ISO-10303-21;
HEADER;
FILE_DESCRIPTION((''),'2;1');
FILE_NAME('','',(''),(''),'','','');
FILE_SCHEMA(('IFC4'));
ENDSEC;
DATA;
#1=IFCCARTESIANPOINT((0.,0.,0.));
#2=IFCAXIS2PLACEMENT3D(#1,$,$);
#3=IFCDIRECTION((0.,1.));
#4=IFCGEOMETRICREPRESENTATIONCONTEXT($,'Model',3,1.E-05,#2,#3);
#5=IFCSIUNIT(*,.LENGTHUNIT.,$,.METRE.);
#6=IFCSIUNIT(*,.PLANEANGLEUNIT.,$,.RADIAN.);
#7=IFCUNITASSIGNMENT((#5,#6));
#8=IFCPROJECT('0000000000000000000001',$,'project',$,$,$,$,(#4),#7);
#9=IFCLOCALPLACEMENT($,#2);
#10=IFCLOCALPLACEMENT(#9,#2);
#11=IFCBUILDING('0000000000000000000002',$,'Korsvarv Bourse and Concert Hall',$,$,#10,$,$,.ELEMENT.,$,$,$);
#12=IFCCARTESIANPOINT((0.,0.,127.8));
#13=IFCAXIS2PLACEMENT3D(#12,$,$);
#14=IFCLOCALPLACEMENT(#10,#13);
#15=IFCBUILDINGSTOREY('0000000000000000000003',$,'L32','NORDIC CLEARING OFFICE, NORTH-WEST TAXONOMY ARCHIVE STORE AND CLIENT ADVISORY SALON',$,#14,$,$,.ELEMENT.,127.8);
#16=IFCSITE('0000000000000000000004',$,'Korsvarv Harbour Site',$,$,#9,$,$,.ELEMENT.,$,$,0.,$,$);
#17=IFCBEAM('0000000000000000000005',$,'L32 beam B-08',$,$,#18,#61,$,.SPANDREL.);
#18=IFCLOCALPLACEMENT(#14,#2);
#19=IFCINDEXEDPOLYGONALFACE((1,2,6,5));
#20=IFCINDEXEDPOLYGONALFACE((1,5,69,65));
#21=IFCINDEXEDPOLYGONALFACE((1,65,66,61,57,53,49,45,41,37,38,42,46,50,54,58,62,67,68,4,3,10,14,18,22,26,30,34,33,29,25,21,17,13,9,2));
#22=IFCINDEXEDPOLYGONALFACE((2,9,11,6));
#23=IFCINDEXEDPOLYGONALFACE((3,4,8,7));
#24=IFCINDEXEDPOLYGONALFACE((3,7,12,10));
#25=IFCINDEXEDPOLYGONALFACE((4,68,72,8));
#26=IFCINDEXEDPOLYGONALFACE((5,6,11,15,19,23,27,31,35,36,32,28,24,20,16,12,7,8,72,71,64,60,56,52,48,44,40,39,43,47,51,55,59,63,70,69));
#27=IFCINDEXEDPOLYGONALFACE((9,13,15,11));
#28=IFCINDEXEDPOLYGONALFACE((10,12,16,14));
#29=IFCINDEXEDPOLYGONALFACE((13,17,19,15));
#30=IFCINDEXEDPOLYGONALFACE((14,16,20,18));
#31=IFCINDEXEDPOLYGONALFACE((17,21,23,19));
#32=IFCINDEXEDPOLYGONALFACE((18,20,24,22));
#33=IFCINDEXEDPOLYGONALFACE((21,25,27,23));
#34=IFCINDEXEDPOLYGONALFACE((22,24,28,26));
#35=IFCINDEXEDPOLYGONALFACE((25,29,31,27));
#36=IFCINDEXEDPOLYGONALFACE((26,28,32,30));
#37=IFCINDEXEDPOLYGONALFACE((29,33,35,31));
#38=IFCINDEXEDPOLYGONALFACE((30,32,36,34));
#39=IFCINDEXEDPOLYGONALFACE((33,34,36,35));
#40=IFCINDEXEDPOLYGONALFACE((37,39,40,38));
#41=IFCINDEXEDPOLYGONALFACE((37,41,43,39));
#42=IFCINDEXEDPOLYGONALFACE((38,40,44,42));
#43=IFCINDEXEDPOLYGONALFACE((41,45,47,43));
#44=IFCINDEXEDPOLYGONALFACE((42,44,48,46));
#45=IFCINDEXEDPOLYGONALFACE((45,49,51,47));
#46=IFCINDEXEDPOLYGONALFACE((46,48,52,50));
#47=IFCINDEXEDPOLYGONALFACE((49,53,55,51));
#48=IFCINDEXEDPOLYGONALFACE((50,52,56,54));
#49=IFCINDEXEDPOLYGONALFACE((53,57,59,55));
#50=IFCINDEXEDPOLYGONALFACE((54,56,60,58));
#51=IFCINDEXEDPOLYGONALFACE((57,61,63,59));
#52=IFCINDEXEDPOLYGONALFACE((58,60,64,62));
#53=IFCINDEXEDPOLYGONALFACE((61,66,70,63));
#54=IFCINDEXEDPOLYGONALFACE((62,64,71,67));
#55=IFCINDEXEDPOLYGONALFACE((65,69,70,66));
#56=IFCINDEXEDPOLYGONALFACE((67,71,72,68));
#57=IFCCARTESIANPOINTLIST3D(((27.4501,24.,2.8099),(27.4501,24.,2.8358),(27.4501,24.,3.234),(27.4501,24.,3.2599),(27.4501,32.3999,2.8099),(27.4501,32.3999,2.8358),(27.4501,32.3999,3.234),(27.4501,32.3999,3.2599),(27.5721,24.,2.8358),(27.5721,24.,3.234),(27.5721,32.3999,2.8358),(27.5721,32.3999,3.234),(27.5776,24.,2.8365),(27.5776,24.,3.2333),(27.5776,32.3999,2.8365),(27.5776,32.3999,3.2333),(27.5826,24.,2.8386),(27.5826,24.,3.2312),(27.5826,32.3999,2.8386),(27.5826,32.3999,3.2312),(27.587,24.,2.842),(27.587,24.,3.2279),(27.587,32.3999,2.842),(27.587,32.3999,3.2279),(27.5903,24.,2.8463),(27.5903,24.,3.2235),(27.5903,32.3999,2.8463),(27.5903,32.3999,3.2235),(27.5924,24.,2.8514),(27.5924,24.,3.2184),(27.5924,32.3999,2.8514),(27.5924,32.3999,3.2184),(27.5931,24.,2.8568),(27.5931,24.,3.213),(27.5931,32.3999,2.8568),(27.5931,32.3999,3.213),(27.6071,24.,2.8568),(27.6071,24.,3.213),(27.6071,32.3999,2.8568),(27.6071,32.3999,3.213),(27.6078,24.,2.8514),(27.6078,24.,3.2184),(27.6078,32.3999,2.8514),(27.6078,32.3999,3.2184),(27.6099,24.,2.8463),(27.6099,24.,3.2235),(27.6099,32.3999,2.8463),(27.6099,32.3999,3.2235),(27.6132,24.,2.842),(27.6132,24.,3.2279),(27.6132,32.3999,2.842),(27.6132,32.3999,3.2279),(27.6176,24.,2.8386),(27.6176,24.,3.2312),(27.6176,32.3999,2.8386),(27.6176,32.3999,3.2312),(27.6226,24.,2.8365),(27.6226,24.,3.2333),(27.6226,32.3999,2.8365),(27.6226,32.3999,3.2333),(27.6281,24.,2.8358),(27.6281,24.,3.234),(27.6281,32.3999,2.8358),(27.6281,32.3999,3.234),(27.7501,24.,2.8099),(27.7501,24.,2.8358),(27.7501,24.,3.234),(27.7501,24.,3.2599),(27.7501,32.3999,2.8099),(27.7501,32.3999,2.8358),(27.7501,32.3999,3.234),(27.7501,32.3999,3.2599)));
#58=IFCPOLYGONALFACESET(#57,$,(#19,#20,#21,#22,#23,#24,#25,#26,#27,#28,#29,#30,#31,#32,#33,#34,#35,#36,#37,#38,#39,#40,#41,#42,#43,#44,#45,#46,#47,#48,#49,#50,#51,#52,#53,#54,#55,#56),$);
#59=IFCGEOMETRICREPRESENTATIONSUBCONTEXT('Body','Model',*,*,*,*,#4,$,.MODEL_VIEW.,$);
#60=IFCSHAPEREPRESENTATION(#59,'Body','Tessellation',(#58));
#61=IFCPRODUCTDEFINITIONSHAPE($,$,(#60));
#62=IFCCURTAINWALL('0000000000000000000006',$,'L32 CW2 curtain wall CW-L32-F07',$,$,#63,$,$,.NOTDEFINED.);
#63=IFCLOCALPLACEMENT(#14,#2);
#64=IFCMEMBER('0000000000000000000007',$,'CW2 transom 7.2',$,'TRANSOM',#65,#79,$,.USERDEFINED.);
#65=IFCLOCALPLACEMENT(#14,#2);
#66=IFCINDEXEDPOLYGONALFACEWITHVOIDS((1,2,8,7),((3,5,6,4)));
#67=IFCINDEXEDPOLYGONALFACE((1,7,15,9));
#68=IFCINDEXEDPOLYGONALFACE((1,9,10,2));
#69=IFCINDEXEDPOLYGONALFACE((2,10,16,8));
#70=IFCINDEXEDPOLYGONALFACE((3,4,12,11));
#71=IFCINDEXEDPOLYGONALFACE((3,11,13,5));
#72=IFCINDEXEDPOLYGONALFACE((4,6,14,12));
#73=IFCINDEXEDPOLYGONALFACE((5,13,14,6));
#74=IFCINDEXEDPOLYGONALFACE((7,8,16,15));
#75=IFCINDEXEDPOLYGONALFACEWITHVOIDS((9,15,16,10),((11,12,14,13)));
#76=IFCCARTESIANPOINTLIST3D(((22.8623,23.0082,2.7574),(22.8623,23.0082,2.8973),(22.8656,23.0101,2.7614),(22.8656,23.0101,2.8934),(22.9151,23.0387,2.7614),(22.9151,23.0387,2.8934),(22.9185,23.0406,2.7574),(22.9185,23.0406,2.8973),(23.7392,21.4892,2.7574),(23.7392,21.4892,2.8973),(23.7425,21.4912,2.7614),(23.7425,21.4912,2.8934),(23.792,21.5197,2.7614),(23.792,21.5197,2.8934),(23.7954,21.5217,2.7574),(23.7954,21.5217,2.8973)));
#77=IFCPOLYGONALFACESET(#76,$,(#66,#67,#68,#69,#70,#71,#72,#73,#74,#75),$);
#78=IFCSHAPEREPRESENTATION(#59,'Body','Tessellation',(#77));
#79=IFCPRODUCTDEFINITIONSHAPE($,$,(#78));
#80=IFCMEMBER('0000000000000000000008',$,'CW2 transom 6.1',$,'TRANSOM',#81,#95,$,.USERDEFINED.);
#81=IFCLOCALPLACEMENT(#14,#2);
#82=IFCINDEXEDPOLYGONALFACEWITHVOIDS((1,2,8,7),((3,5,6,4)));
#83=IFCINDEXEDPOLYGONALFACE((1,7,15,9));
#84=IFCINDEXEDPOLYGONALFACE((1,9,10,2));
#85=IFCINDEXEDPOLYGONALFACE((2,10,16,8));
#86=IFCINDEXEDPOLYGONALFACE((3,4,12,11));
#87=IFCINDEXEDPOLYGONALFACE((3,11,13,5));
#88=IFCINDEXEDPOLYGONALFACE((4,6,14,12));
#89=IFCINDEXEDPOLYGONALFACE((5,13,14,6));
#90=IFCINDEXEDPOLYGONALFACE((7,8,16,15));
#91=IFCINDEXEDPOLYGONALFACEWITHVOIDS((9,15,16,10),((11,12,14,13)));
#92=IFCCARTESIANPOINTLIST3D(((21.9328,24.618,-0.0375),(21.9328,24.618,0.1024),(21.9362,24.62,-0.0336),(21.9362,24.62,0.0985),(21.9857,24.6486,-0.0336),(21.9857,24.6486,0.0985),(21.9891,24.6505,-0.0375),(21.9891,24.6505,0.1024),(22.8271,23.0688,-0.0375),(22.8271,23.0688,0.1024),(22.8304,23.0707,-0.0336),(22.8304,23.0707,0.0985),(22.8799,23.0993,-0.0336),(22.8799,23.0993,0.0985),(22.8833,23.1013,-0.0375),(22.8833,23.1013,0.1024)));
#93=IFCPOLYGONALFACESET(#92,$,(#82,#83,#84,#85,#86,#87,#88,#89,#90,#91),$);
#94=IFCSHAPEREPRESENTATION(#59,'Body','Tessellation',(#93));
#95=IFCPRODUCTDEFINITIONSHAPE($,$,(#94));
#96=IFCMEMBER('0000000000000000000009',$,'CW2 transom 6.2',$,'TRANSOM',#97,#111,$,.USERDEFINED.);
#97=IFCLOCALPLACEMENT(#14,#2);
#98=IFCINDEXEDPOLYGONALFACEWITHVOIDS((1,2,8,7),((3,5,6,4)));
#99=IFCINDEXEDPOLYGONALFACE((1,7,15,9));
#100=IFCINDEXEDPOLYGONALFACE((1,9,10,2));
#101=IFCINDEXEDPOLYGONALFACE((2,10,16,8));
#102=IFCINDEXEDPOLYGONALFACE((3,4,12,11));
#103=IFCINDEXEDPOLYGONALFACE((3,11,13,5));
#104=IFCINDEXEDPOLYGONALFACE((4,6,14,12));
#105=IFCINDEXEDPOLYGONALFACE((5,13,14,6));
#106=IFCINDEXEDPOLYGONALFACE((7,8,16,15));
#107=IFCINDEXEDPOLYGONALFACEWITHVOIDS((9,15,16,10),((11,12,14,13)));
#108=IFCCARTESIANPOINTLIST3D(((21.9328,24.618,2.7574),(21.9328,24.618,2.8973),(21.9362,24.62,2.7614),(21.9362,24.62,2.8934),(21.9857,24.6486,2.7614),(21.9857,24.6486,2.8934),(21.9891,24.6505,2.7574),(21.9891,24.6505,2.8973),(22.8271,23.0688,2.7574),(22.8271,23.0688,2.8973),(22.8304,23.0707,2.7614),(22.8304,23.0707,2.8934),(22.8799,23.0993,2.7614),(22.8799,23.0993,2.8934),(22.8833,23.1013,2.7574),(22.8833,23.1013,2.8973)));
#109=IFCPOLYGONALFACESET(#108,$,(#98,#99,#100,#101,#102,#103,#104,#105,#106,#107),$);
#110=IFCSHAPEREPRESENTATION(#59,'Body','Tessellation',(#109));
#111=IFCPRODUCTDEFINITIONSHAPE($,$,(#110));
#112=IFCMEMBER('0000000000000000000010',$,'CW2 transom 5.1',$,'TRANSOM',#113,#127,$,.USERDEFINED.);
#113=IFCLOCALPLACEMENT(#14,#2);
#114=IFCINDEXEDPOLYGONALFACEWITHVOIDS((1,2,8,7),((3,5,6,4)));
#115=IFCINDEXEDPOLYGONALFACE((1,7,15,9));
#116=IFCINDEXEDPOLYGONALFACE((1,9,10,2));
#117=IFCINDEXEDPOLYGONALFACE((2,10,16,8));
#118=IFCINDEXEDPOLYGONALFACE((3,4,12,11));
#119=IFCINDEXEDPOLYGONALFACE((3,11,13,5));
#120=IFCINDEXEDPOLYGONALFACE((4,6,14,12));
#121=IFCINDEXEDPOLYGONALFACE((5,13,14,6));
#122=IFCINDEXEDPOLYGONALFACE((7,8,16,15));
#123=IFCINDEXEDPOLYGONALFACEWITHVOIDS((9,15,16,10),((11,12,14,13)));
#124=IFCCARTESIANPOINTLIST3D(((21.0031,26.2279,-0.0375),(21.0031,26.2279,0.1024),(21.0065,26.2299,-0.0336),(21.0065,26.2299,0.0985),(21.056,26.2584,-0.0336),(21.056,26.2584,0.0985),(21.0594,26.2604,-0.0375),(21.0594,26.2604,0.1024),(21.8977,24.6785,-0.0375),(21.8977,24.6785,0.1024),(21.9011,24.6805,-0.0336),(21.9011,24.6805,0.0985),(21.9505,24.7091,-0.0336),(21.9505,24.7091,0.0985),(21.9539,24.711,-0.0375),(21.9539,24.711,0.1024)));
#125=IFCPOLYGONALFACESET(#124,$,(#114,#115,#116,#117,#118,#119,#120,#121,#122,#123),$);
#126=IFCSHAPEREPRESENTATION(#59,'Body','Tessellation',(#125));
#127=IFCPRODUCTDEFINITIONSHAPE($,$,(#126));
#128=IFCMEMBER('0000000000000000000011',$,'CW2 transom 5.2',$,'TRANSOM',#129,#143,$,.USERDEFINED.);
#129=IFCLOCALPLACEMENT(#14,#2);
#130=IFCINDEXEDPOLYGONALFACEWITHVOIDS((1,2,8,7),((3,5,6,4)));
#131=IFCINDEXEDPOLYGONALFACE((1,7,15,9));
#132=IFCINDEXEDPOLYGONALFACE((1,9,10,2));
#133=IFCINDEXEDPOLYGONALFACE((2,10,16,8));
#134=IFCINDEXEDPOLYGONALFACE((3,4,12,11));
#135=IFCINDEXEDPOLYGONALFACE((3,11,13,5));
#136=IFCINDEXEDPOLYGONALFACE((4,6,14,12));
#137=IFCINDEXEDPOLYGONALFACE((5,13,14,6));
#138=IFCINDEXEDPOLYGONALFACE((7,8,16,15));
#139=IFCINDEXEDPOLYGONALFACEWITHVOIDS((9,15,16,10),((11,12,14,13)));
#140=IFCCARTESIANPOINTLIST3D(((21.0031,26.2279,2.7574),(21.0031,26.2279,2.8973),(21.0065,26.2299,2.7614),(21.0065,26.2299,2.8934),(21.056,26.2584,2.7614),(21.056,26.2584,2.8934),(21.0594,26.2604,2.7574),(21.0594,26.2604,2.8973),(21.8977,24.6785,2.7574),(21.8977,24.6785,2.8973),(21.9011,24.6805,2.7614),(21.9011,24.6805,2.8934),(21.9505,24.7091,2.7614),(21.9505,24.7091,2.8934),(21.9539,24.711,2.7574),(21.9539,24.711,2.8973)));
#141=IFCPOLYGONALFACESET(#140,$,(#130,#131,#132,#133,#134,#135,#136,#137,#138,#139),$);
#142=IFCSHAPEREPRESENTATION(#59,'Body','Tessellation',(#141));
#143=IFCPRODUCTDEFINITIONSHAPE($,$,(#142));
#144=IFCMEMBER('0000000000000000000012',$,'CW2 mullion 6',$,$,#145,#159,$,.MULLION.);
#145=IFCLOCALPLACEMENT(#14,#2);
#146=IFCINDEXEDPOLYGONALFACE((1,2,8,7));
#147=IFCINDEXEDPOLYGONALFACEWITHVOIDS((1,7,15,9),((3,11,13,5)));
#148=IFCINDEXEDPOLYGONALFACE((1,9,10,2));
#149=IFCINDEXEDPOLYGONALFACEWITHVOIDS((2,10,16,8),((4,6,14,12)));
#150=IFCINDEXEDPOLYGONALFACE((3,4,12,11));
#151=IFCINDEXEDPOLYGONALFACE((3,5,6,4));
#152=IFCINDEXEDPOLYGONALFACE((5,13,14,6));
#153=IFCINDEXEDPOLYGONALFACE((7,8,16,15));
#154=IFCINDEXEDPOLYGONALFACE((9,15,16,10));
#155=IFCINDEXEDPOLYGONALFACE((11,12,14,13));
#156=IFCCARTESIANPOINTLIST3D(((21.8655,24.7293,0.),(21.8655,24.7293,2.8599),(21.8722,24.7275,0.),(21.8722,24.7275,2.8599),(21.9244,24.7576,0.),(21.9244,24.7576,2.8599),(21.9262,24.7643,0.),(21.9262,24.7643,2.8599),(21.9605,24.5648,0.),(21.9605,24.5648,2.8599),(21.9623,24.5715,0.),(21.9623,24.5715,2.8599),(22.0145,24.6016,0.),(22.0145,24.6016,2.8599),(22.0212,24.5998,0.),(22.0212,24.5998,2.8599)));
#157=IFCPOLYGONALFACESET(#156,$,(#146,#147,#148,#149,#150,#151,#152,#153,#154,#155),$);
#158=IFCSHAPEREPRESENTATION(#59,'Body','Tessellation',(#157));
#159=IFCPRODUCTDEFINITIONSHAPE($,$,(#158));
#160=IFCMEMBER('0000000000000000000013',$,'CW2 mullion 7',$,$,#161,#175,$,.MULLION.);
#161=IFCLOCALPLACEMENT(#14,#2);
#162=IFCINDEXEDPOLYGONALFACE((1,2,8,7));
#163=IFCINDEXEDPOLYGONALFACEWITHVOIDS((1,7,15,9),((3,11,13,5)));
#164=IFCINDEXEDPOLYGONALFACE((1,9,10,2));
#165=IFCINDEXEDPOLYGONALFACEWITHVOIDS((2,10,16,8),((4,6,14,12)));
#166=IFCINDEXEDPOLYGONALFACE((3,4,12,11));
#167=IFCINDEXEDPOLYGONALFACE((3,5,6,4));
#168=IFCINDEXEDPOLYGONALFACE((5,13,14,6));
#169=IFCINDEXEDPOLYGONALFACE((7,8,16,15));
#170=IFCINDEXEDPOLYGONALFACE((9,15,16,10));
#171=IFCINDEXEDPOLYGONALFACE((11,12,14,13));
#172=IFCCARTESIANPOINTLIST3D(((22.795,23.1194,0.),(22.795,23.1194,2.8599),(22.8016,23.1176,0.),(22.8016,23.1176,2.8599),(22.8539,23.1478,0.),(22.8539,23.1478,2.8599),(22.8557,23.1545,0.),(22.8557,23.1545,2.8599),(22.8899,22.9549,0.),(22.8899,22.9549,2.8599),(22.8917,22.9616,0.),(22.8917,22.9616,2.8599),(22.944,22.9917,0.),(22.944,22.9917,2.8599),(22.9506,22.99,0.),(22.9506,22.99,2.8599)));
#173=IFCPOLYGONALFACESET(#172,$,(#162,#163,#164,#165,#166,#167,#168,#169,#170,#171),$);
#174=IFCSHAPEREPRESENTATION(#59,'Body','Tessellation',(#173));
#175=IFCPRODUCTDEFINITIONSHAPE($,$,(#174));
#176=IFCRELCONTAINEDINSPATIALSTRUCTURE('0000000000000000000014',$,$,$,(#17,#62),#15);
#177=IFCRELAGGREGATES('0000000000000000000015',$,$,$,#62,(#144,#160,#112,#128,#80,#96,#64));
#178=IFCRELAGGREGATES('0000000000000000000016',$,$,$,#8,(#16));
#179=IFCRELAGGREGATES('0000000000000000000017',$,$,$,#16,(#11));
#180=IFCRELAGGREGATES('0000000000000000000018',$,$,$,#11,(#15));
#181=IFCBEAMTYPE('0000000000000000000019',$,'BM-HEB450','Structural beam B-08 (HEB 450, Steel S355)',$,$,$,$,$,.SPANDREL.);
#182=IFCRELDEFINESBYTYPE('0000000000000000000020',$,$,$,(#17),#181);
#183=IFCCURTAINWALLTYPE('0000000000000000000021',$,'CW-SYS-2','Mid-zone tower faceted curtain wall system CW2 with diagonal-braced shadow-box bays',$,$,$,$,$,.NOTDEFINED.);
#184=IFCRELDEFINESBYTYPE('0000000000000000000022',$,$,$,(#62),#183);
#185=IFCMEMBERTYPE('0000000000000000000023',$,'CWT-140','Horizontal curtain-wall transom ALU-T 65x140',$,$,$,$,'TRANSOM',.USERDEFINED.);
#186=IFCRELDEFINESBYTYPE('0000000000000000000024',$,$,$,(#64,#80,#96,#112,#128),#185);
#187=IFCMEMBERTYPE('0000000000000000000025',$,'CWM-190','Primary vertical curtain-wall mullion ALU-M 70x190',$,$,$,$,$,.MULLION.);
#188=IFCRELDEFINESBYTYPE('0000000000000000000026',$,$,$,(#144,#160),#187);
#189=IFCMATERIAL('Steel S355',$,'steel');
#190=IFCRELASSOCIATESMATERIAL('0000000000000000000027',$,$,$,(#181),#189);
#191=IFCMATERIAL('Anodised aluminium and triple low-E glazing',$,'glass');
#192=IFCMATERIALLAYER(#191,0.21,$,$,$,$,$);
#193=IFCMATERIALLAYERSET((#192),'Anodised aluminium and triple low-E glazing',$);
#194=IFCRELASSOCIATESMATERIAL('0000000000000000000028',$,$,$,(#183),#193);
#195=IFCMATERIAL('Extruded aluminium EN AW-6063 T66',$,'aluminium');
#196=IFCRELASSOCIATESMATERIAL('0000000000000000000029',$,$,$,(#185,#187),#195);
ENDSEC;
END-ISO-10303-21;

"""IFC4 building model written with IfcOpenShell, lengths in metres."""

from ifc_helpers import new_model, si_unit, direction, frame, origin, origin_2d, place, context, subcontext, project, spatial, hollow_rectangle, i_section, extrude, source, transform, mapped, material, layer, layer_set, material_profile, profile_set, type_object, element, aggregate, save


model = new_model("IFC4")

# Units and contexts
model_context = context("Model", 3, precision=1e-05, world=origin(), true_north=direction((0.0, 1.0)))
body_context = subcontext(model_context, "Body", "Model", "MODEL_VIEW")
ifc_project = project(units=[si_unit("LENGTHUNIT", "METRE"), si_unit("PLANEANGLEUNIT", "RADIAN")], contexts=[model_context])

# Site, building, storey
site_placement = place(None, origin())
site = spatial("IfcSite", under=ifc_project, at=site_placement, Name="Korsvarv Harbour Site", CompositionType="ELEMENT", RefElevation=0.0)
building_placement = place(site_placement, origin())
building = spatial("IfcBuilding", under=site, at=building_placement, Name="Korsvarv Bourse and Concert Hall", CompositionType="ELEMENT")
storey_placement = place(building_placement, frame((0.0, 0.0, 127.8)))
storey = spatial("IfcBuildingStorey", under=building, at=storey_placement, Name="L32", Description="NORDIC CLEARING OFFICE, NORTH-WEST TAXONOMY ARCHIVE STORE AND CLIENT ADVISORY SALON", CompositionType="ELEMENT", Elevation=127.8)

# Beam
ifc_material_1 = material(Name="Steel S355", Category="steel")
ifc_material_profile_1 = material_profile(ifc_material_1, i_section(OverallWidth=0.3, OverallDepth=0.45, WebThickness=0.0139, FlangeThickness=0.0259, FilletRadius=0.021, at=origin_2d()), Name="HEB 450")
ifc_profile_set_1 = profile_set([ifc_material_profile_1], Name="Steel S355")
beam_type = type_object("IfcBeamType", Name="BM-HEB450", Description="Structural beam B-08 (HEB 450, Steel S355)", PredefinedType="SPANDREL", material=ifc_profile_set_1)
shared_shape_1 = source(origin(), body_context, "Body", "SweptSolid", [
    extrude(i_section(OverallWidth=0.3, OverallDepth=0.45, WebThickness=0.0139, FlangeThickness=0.0259, FilletRadius=0.021, at=origin_2d()), origin(), (0.0, 0.0, 1.0), 8.3999),
])
for number, where, z_axis, x_axis, name in (
    (1, (27.6001, 24.0, 3.0349), (0.0, 1.0, 0.0), (-1.0, 0.0, 0.0), "L32 beam B-08"),
):
    element("IfcBeam", number, at=place(storey_placement, frame(where, z_axis=z_axis, x_axis=x_axis)), inside=storey, type_object=beam_type, Name=name, PredefinedType="SPANDREL", context=body_context, shape_type="MappedRepresentation", body=[
        mapped(shared_shape_1, transform((0.0, 0.0, 0.0), scale=1.0)),
    ])

# Curtain wall, members
ifc_material_2 = material(Name="Anodised aluminium and triple low-E glazing", Category="glass")
ifc_layer_1 = layer(ifc_material_2, 0.21)
ifc_layer_set_1 = layer_set([ifc_layer_1], Name="Anodised aluminium and triple low-E glazing")
curtain_wall_type = type_object("IfcCurtainWallType", Name="CW-SYS-2", Description="Mid-zone tower faceted curtain wall system CW2 with diagonal-braced shadow-box bays", PredefinedType="NOTDEFINED", material=ifc_layer_set_1)
curtain_wall_placement = place(storey_placement, origin())
curtain_wall = element("IfcCurtainWall", 2, at=curtain_wall_placement, inside=storey, type_object=curtain_wall_type, Name="L32 CW2 curtain wall CW-L32-F07", PredefinedType="NOTDEFINED")
ifc_material_3 = material(Name="Extruded aluminium EN AW-6063 T66", Category="aluminium")
ifc_material_profile_2 = material_profile(ifc_material_3, hollow_rectangle(XDim=0.0649, YDim=0.1399, WallThickness=0.0039, at=origin_2d()), Name="ALU-T 65x140")
ifc_profile_set_2 = profile_set([ifc_material_profile_2], Name="Extruded aluminium EN AW-6063 T66")
member_type_1 = type_object("IfcMemberType", Name="CWT-140", Description="Horizontal curtain-wall transom ALU-T 65x140", ElementType="TRANSOM", PredefinedType="USERDEFINED", material=ifc_profile_set_2)
shared_shape_2 = source(origin(), body_context, "Body", "SweptSolid", [
    extrude(hollow_rectangle(XDim=0.0649, YDim=0.1399, WallThickness=0.0039, at=origin_2d()), origin(), (0.0, 0.0, 1.0), 1.7539),
])
member_1_placement = place(storey_placement, frame((22.8904, 23.0244, 2.8274), z_axis=(0.499971, -0.866042, 0.0), x_axis=(0.866042, 0.499971, 0.0)))
member_1 = element("IfcMember", 3, at=member_1_placement, type_object=member_type_1, Name="CW2 transom 7.2", ObjectType="TRANSOM", PredefinedType="USERDEFINED", context=body_context, shape_type="MappedRepresentation", body=[
    mapped(shared_shape_2, transform((0.0, 0.0, 0.0), scale=1.0)),
])
shared_shape_3 = source(origin(), body_context, "Body", "SweptSolid", [
    extrude(hollow_rectangle(XDim=0.0649, YDim=0.1399, WallThickness=0.0039, at=origin_2d()), origin(), (0.0, 0.0, 1.0), 1.7888),
])
member_2_placement = place(storey_placement, frame((21.9609, 24.6343, 0.0325), z_axis=(0.499911, -0.866077, 0.0), x_axis=(0.866077, 0.499911, 0.0)))
member_2 = element("IfcMember", 4, at=member_2_placement, type_object=member_type_1, Name="CW2 transom 6.1", ObjectType="TRANSOM", PredefinedType="USERDEFINED", context=body_context, shape_type="MappedRepresentation", body=[
    mapped(shared_shape_3, transform((0.0, 0.0, 0.0), scale=1.0)),
])
member_3_placement = place(storey_placement, frame((21.9609, 24.6343, 2.8274), z_axis=(0.499911, -0.866077, 0.0), x_axis=(0.866077, 0.499911, 0.0)))
member_3 = element("IfcMember", 5, at=member_3_placement, type_object=member_type_1, Name="CW2 transom 6.2", ObjectType="TRANSOM", PredefinedType="USERDEFINED", context=body_context, shape_type="MappedRepresentation", body=[
    mapped(shared_shape_3, transform((0.0, 0.0, 0.0), scale=1.0)),
])
shared_shape_4 = source(origin(), body_context, "Body", "SweptSolid", [
    extrude(hollow_rectangle(XDim=0.0649, YDim=0.1399, WallThickness=0.0039, at=origin_2d()), origin(), (0.0, 0.0, 1.0), 1.7891),
])
member_4_placement = place(storey_placement, frame((21.0312, 26.2441, 0.0325), z_axis=(0.500014, -0.866017, 0.0), x_axis=(0.866017, 0.500014, 0.0)))
member_4 = element("IfcMember", 6, at=member_4_placement, type_object=member_type_1, Name="CW2 transom 5.1", ObjectType="TRANSOM", PredefinedType="USERDEFINED", context=body_context, shape_type="MappedRepresentation", body=[
    mapped(shared_shape_4, transform((0.0, 0.0, 0.0), scale=1.0)),
])
member_5_placement = place(storey_placement, frame((21.0312, 26.2441, 2.8274), z_axis=(0.500014, -0.866017, 0.0), x_axis=(0.866017, 0.500014, 0.0)))
member_5 = element("IfcMember", 7, at=member_5_placement, type_object=member_type_1, Name="CW2 transom 5.2", ObjectType="TRANSOM", PredefinedType="USERDEFINED", context=body_context, shape_type="MappedRepresentation", body=[
    mapped(shared_shape_4, transform((0.0, 0.0, 0.0), scale=1.0)),
])
ifc_material_profile_3 = material_profile(ifc_material_3, hollow_rectangle(XDim=0.0701, YDim=0.1899, WallThickness=0.0049, at=origin_2d()), Name="ALU-M 70x190")
ifc_profile_set_3 = profile_set([ifc_material_profile_3], Name="Extruded aluminium EN AW-6063 T66")
member_type_2 = type_object("IfcMemberType", Name="CWM-190", Description="Primary vertical curtain-wall mullion ALU-M 70x190", PredefinedType="MULLION", material=ifc_profile_set_3)
shared_shape_5 = source(origin(), body_context, "Body", "SweptSolid", [
    extrude(hollow_rectangle(XDim=0.0701, YDim=0.1899, WallThickness=0.0049, at=origin_2d()), origin(), (0.0, 0.0, 1.0), 2.8599),
])
member_6_placement = place(storey_placement, frame((21.9434, 24.6646, 0.0), z_axis=(0.0, 0.0, 1.0), x_axis=(0.866021, 0.500007, 0.0)))
member_6 = element("IfcMember", 8, at=member_6_placement, type_object=member_type_2, Name="CW2 mullion 6", PredefinedType="MULLION", context=body_context, shape_type="MappedRepresentation", body=[
    mapped(shared_shape_5, transform((0.0, 0.0, 0.0), scale=1.0)),
])
member_7_placement = place(storey_placement, frame((22.8728, 23.0547, 0.0), z_axis=(0.0, 0.0, 1.0), x_axis=(0.866021, 0.500007, 0.0)))
member_7 = element("IfcMember", 9, at=member_7_placement, type_object=member_type_2, Name="CW2 mullion 7", PredefinedType="MULLION", context=body_context, shape_type="MappedRepresentation", body=[
    mapped(shared_shape_5, transform((0.0, 0.0, 0.0), scale=1.0)),
])
aggregate(curtain_wall, [member_6, member_7, member_4, member_5, member_2, member_3, member_1])

save(model, "model.ifc")
